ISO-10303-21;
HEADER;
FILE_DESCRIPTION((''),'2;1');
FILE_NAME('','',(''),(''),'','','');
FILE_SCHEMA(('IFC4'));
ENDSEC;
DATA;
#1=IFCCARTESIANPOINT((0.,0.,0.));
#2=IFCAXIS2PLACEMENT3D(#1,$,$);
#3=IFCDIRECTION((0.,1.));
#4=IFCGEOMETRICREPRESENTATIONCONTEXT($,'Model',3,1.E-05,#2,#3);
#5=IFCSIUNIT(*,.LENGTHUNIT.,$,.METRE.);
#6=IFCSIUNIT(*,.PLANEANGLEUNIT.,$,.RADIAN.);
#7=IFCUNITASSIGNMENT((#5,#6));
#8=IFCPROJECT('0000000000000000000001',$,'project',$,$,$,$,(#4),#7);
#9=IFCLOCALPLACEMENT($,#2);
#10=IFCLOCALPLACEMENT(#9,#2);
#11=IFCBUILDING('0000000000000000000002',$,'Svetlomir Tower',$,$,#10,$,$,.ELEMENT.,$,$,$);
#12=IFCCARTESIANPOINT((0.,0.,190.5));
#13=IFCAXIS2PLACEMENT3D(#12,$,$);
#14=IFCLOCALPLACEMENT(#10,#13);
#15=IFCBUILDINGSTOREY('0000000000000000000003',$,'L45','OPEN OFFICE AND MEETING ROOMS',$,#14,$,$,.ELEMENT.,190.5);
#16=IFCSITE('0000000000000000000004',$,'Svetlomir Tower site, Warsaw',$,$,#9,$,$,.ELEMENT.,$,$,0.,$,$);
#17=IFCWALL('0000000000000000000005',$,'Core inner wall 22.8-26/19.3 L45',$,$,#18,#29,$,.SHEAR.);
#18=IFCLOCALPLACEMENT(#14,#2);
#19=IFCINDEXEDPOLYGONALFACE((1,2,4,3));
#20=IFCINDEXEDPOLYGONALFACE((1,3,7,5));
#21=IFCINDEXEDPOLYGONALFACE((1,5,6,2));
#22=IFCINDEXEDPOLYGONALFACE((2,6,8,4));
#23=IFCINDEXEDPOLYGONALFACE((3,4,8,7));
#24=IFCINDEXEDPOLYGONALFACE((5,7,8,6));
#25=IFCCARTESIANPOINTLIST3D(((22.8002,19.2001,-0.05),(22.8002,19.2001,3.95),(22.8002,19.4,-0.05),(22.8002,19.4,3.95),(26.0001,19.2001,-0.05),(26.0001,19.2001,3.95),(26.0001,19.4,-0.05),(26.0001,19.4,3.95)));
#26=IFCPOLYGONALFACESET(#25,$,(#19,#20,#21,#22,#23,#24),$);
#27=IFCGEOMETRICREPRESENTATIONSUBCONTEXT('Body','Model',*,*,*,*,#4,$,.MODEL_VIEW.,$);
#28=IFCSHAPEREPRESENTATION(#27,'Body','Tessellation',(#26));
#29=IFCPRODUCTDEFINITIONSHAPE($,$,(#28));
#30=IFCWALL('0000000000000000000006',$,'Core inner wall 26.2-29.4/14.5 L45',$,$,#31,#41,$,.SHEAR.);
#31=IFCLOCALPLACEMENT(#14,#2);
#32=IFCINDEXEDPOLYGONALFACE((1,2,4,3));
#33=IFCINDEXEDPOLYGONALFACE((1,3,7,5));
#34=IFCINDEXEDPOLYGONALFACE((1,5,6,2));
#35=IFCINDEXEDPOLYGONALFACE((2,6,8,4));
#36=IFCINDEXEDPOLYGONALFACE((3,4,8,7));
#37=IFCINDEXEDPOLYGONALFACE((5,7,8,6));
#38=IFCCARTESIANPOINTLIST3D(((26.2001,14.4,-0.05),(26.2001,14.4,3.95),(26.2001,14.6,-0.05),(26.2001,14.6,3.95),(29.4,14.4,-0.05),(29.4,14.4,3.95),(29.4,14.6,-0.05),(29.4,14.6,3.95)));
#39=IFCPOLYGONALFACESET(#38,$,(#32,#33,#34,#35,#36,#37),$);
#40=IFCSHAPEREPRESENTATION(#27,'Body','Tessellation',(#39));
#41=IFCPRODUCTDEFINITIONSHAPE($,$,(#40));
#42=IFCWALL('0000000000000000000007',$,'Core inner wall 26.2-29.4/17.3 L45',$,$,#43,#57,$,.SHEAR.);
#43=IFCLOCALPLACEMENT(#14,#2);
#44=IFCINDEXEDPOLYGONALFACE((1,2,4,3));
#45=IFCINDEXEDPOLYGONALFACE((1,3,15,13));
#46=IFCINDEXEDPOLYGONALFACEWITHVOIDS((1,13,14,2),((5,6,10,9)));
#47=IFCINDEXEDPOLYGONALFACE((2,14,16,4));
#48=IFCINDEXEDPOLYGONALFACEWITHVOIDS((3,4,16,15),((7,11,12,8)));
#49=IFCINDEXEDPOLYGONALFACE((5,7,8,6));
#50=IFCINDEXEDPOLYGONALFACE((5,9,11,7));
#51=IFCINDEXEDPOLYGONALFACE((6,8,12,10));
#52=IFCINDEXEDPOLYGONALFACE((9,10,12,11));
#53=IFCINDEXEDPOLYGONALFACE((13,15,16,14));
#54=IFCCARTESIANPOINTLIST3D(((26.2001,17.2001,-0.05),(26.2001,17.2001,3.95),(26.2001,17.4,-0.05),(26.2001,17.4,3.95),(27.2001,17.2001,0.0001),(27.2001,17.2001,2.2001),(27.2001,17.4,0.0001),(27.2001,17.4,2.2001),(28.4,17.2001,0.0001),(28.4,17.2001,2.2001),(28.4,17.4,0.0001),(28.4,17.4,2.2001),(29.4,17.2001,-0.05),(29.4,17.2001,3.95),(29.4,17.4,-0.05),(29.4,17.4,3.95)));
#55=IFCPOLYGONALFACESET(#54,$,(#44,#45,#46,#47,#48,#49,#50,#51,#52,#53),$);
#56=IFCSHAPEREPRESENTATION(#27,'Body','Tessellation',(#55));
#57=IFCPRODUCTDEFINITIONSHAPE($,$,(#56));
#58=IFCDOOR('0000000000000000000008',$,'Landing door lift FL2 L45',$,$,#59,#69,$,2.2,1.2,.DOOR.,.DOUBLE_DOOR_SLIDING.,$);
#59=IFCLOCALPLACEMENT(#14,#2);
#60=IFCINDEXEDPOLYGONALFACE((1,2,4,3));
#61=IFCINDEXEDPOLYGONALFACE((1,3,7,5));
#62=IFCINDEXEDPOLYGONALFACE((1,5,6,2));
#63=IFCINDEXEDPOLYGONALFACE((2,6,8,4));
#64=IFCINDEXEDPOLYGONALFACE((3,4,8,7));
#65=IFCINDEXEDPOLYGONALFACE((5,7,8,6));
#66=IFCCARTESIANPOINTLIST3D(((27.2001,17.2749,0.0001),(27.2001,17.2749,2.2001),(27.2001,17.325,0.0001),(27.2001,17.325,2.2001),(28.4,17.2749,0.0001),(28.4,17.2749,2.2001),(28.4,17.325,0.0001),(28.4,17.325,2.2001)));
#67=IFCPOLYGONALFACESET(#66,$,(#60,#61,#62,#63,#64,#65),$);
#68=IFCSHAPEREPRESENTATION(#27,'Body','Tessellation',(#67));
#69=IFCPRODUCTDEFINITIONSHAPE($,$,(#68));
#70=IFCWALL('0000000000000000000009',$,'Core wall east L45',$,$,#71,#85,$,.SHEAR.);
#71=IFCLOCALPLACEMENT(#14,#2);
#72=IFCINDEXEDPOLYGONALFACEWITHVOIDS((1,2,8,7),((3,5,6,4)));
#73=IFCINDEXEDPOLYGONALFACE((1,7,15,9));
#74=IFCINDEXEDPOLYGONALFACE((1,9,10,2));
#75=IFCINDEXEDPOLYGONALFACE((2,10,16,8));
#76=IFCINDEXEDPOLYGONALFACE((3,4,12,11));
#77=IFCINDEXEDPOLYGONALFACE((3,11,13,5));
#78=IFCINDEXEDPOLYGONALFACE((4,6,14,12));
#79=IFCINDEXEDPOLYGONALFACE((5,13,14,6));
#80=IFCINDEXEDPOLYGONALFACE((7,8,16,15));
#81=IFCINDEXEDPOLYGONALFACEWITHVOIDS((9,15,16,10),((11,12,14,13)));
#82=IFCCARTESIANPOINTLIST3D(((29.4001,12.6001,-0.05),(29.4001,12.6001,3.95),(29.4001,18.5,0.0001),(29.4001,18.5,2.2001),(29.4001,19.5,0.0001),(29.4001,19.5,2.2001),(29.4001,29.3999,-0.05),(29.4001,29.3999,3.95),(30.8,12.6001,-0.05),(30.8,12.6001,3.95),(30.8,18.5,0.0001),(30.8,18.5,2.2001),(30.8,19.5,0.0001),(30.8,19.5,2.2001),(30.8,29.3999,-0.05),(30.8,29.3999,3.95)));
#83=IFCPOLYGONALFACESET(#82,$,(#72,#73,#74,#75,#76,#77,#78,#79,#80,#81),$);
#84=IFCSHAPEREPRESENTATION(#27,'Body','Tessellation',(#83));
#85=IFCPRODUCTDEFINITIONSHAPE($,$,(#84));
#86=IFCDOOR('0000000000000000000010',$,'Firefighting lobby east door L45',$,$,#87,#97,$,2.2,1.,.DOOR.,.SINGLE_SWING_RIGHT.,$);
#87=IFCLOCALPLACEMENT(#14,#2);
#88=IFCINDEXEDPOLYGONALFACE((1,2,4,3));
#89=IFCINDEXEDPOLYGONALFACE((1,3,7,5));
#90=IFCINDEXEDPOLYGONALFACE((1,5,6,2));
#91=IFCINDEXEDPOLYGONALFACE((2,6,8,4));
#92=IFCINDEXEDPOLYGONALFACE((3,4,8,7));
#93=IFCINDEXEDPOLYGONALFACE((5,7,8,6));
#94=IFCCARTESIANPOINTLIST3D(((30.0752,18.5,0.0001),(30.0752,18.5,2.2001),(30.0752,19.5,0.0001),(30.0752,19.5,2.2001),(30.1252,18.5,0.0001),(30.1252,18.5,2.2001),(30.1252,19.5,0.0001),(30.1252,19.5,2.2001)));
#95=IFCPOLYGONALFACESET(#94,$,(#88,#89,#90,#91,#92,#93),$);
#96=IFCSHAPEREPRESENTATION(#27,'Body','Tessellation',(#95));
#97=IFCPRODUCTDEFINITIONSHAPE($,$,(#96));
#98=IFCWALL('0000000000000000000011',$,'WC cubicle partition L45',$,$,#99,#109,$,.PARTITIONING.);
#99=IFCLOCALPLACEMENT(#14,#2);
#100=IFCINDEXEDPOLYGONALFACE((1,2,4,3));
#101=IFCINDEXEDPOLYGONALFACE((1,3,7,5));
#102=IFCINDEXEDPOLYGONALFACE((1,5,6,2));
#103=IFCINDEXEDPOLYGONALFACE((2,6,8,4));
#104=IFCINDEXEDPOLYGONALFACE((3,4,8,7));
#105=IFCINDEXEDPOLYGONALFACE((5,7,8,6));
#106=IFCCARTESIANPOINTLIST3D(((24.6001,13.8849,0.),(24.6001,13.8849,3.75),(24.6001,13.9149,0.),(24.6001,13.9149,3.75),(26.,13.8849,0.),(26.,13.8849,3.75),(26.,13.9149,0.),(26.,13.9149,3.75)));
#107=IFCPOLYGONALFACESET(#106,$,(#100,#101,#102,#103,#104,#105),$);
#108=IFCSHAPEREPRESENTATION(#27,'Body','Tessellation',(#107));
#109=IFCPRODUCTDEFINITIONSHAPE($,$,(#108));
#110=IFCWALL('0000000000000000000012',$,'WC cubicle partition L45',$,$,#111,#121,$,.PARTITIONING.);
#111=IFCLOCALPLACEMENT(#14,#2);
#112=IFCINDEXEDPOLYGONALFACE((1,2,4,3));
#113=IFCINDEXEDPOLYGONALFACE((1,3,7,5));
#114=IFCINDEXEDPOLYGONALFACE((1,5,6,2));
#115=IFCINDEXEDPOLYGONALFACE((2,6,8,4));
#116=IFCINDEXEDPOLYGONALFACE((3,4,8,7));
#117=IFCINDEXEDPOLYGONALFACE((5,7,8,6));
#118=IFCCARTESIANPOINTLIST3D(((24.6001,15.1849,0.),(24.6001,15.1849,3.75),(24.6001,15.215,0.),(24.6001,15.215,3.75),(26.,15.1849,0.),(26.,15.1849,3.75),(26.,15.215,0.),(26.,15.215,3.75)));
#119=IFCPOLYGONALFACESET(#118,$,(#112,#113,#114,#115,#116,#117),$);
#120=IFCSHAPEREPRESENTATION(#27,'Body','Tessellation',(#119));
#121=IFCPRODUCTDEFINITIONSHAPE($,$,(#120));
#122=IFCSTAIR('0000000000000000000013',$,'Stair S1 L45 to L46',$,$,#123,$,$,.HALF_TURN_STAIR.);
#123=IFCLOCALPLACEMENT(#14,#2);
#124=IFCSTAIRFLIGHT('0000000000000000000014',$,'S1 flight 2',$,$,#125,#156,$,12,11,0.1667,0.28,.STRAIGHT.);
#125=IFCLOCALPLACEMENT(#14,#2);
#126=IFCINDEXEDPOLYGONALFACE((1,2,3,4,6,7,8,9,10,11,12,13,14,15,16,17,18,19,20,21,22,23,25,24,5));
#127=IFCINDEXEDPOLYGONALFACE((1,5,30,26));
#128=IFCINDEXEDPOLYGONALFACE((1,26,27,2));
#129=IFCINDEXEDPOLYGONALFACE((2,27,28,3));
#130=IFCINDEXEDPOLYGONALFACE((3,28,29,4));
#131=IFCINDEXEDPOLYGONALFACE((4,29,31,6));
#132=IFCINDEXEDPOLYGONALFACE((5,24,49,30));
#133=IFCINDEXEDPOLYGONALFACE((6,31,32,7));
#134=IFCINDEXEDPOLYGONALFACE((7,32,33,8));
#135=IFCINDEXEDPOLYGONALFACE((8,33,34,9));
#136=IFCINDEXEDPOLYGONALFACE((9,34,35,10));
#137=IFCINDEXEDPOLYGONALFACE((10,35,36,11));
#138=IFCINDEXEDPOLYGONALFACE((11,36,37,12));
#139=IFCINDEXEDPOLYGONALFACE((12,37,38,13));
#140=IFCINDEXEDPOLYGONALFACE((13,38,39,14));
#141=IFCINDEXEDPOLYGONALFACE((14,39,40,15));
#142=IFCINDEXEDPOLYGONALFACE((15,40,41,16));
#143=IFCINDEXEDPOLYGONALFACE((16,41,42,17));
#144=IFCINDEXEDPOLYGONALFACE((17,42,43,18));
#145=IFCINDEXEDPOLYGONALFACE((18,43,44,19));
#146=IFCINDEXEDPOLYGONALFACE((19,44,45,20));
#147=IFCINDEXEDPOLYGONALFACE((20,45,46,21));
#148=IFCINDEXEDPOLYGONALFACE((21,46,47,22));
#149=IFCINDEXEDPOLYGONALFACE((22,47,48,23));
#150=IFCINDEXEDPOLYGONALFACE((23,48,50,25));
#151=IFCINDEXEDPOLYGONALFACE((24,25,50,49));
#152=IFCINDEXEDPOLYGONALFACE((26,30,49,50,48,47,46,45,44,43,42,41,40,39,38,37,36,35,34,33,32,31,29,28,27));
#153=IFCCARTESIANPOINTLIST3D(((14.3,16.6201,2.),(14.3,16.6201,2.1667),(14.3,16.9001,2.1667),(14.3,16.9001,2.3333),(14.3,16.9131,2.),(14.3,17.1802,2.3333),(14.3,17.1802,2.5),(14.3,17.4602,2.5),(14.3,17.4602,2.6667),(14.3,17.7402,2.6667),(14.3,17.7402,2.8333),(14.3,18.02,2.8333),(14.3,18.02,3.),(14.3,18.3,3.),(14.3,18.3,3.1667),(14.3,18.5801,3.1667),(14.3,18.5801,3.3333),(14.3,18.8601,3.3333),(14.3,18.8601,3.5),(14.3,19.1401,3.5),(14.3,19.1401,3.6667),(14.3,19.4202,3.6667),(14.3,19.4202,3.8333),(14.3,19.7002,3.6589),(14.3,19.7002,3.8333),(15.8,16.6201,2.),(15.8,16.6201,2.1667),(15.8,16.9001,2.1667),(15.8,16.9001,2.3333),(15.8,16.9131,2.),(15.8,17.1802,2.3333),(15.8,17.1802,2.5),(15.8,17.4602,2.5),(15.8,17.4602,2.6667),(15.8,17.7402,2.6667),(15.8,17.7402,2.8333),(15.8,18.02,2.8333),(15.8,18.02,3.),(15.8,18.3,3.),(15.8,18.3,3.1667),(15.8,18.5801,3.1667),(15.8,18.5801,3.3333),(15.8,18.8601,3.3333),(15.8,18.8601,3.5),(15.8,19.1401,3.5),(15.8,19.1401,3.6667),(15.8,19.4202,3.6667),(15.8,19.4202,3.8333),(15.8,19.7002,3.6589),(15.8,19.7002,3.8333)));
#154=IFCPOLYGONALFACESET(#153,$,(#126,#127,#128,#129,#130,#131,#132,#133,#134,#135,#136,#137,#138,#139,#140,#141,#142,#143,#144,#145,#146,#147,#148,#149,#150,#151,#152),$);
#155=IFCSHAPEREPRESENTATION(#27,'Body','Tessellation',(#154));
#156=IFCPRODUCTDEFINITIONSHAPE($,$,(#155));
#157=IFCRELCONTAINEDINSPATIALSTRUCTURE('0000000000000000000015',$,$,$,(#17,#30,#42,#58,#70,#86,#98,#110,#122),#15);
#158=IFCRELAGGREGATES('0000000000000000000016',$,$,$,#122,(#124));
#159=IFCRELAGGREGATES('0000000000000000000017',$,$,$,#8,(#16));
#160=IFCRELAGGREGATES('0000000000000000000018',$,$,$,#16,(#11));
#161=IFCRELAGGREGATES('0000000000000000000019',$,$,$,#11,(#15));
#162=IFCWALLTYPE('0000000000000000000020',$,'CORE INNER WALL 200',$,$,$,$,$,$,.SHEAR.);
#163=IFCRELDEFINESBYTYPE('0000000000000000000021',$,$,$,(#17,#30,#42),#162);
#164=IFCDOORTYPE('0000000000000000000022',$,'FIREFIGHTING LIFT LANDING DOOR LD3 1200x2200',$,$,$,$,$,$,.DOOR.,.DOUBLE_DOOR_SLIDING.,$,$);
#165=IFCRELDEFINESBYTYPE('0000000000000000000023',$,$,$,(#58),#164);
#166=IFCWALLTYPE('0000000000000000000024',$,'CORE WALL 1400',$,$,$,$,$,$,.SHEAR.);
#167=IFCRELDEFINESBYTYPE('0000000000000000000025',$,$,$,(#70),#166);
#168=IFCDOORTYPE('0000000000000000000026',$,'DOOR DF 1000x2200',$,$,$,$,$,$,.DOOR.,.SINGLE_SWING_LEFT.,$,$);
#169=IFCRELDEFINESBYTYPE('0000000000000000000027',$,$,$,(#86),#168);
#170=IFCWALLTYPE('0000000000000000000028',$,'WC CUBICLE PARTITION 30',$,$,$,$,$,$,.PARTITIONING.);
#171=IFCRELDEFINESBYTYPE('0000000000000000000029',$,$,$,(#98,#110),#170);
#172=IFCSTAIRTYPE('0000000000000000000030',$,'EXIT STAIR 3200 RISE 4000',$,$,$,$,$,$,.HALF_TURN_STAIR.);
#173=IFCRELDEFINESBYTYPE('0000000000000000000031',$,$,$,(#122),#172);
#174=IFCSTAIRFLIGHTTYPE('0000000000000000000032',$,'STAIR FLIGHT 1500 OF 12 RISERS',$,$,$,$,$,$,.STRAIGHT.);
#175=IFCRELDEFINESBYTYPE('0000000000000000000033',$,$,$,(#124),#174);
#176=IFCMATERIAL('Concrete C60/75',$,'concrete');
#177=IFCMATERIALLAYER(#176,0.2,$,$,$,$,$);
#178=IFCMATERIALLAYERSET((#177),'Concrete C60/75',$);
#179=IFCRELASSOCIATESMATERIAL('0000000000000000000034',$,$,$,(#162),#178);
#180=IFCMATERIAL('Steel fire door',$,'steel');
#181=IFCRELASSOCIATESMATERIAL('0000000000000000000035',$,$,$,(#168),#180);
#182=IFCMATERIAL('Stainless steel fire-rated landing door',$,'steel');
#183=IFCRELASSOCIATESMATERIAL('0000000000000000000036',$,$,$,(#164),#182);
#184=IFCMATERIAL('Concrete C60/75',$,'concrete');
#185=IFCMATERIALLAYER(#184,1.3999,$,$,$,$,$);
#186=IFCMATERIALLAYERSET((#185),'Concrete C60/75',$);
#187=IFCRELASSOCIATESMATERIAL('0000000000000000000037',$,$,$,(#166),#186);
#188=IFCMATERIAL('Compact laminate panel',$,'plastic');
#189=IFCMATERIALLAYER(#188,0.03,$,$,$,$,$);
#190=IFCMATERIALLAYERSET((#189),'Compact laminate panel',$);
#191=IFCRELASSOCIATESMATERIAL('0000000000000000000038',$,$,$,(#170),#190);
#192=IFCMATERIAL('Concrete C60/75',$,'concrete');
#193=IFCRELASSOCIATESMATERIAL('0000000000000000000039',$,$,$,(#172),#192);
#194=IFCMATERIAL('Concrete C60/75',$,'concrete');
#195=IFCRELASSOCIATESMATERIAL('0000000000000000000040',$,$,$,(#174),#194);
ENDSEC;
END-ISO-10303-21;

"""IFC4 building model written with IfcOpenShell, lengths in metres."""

from ifc_helpers import new_model, si_unit, direction, frame, frame_2d, origin, place, context, subcontext, project, spatial, polyline, rectangle, outline, extrude, material, layer, layer_set, type_object, element, fill, aggregate, save


model = new_model("IFC4")

# Units and contexts
model_context = context("Model", 3, precision=1e-05, world=origin(), true_north=direction((0.0, 1.0)))
body_context = subcontext(model_context, "Body", "Model", "MODEL_VIEW")
ifc_project = project(units=[si_unit("LENGTHUNIT", "METRE"), si_unit("PLANEANGLEUNIT", "RADIAN")], contexts=[model_context])

# Site, building, storey
site_placement = place(None, origin())
site = spatial("IfcSite", under=ifc_project, at=site_placement, Name="Svetlomir Tower site, Warsaw", CompositionType="ELEMENT", RefElevation=0.0)
building_placement = place(site_placement, origin())
building = spatial("IfcBuilding", under=site, at=building_placement, Name="Svetlomir Tower", CompositionType="ELEMENT")
storey_placement = place(building_placement, frame((0.0, 0.0, 190.5)))
storey = spatial("IfcBuildingStorey", under=building, at=storey_placement, Name="L45", Description="OPEN OFFICE AND MEETING ROOMS", CompositionType="ELEMENT", Elevation=190.5)

# Shared definitions
ifc_material_1 = material(Name="Concrete C60/75", Category="concrete")
ifc_layer_1 = layer(ifc_material_1, 0.2)
ifc_layer_set_1 = layer_set([ifc_layer_1], Name="Concrete C60/75")
wall_type_1 = type_object("IfcWallType", Name="CORE INNER WALL 200", PredefinedType="SHEAR", material=ifc_layer_set_1)

# Shared definitions
ifc_material_2 = material(Name="Steel fire door", Category="steel")
door_type_1 = type_object("IfcDoorType", Name="DOOR DF 1000x2200", OperationType="SINGLE_SWING_LEFT", PredefinedType="DOOR", material=ifc_material_2)

# Walls
for number, where, z_axis, x_axis, name in (
    (1, (22.8, 19.3, -0.05), (0.0, 0.0, 1.0), (1.0, 0.0, 0.0), "Core inner wall 22.8-26/19.3 L45"),
    (2, (26.2, 14.5, -0.05), (0.0, 0.0, 1.0), (1.0, 0.0, 0.0), "Core inner wall 26.2-29.4/14.5 L45"),
):
    element("IfcWall", number, at=place(storey_placement, frame(where, z_axis=z_axis, x_axis=x_axis)), inside=storey, type_object=wall_type_1, Name=name, PredefinedType="SHEAR", context=body_context, shape_type="SweptSolid", body=[
        extrude(rectangle(XDim=3.2, YDim=0.2, at=frame_2d((1.6001, 0.0))), origin(), (0.0, 0.0, 1.0), 4.0),
    ])

# Walls, openings, doors
wall_1_placement = place(storey_placement, frame((26.2, 17.3, -0.05), z_axis=(0.0, 0.0, 1.0), x_axis=(1.0, 0.0, 0.0)))
wall_1 = element("IfcWall", 3, at=wall_1_placement, inside=storey, type_object=wall_type_1, Name="Core inner wall 26.2-29.4/17.3 L45", PredefinedType="SHEAR", context=body_context, shape_type="SweptSolid", body=[
    extrude(rectangle(XDim=3.2, YDim=0.2, at=frame_2d((1.6001, 0.0))), origin(), (0.0, 0.0, 1.0), 4.0),
])
opening_1_placement = place(wall_1_placement, frame((1.0, 0.0, 0.05)))
opening_1 = element("IfcOpeningElement", 4, at=opening_1_placement, cuts=wall_1, PredefinedType="OPENING", context=body_context, shape_type="SweptSolid", body=[
    extrude(rectangle(XDim=1.2, YDim=2.2, at=frame_2d((0.6001, 1.1001))), frame((0.0, 0.1099, 0.0), z_axis=(0.0, -1.0, 0.0), x_axis=(1.0, 0.0, 0.0)), (0.0, 0.0, 1.0), 0.22),
])
ifc_material_3 = material(Name="Stainless steel fire-rated landing door", Category="steel")
door_type_2 = type_object("IfcDoorType", Name="FIREFIGHTING LIFT LANDING DOOR LD3 1200x2200", OperationType="DOUBLE_DOOR_SLIDING", PredefinedType="DOOR", material=ifc_material_3)
door_1_placement = place(opening_1_placement, origin())
door_1 = element("IfcDoor", 5, at=door_1_placement, inside=storey, type_object=door_type_2, Name="Landing door lift FL2 L45", OperationType="DOUBLE_DOOR_SLIDING", OverallHeight=2.2, OverallWidth=1.2, PredefinedType="DOOR", context=body_context, shape_type="SweptSolid", body=[
    extrude(rectangle(XDim=1.2, YDim=2.2, at=frame_2d((0.6001, 1.1001))), frame((0.0, 0.0249, 0.0), z_axis=(0.0, -1.0, 0.0), x_axis=(1.0, 0.0, 0.0)), (0.0, 0.0, 1.0), 0.05),
])
fill(opening_1, door_1)
ifc_material_4 = material(Name="Concrete C60/75", Category="concrete")
ifc_layer_2 = layer(ifc_material_4, 1.3999)
ifc_layer_set_2 = layer_set([ifc_layer_2], Name="Concrete C60/75")
wall_type_2 = type_object("IfcWallType", Name="CORE WALL 1400", PredefinedType="SHEAR", material=ifc_layer_set_2)
wall_2_placement = place(storey_placement, frame((30.1001, 12.6001, -0.05), z_axis=(0.0, 0.0, 1.0), x_axis=(0.0, 1.0, 0.0)))
wall_2 = element("IfcWall", 6, at=wall_2_placement, inside=storey, type_object=wall_type_2, Name="Core wall east L45", PredefinedType="SHEAR", context=body_context, shape_type="SweptSolid", body=[
    extrude(rectangle(XDim=16.7998, YDim=1.3999, at=frame_2d((8.3999, 0.0))), origin(), (0.0, 0.0, 1.0), 4.0),
])
opening_2_placement = place(wall_2_placement, frame((5.8999, 0.0, 0.05)))
opening_2 = element("IfcOpeningElement", 7, at=opening_2_placement, cuts=wall_2, PredefinedType="OPENING", context=body_context, shape_type="SweptSolid", body=[
    extrude(rectangle(XDim=1.0, YDim=2.2, at=frame_2d((0.5, 1.1001))), frame((0.0, 0.71, 0.0), z_axis=(0.0, -1.0, 0.0), x_axis=(1.0, 0.0, 0.0)), (0.0, 0.0, 1.0), 1.4199),
])
door_2_placement = place(opening_2_placement, origin())
door_2 = element("IfcDoor", 8, at=door_2_placement, inside=storey, type_object=door_type_1, Name="Firefighting lobby east door L45", OperationType="SINGLE_SWING_RIGHT", OverallHeight=2.2, OverallWidth=1.0, PredefinedType="DOOR", context=body_context, shape_type="SweptSolid", body=[
    extrude(rectangle(XDim=1.0, YDim=2.2, at=frame_2d((0.5, 1.1001))), frame((0.0, 0.0249, 0.0), z_axis=(0.0, -1.0, 0.0), x_axis=(1.0, 0.0, 0.0)), (0.0, 0.0, 1.0), 0.05),
])
fill(opening_2, door_2)

# Walls
ifc_material_5 = material(Name="Compact laminate panel", Category="plastic")
ifc_layer_3 = layer(ifc_material_5, 0.03)
ifc_layer_set_3 = layer_set([ifc_layer_3], Name="Compact laminate panel")
wall_type_3 = type_object("IfcWallType", Name="WC CUBICLE PARTITION 30", PredefinedType="PARTITIONING", material=ifc_layer_set_3)
for number, where, z_axis, x_axis, name in (
    (9, (24.6001, 13.8999, 0.0), (0.0, 0.0, 1.0), (1.0, 0.0, 0.0), "WC cubicle partition L45"),
    (10, (24.6001, 15.2, 0.0), (0.0, 0.0, 1.0), (1.0, 0.0, 0.0), "WC cubicle partition L45"),
):
    element("IfcWall", number, at=place(storey_placement, frame(where, z_axis=z_axis, x_axis=x_axis)), inside=storey, type_object=wall_type_3, Name=name, PredefinedType="PARTITIONING", context=body_context, shape_type="SweptSolid", body=[
        extrude(rectangle(XDim=1.3999, YDim=0.03, at=frame_2d((0.7, 0.0))), origin(), (0.0, 0.0, 1.0), 3.75),
    ])

# Stair, stair flight
ifc_material_6 = material(Name="Concrete C60/75", Category="concrete")
stair_type = type_object("IfcStairType", Name="EXIT STAIR 3200 RISE 4000", PredefinedType="HALF_TURN_STAIR", material=ifc_material_6)
stair_placement = place(storey_placement, origin())
stair = element("IfcStair", 11, at=stair_placement, inside=storey, type_object=stair_type, Name="Stair S1 L45 to L46", PredefinedType="HALF_TURN_STAIR")
ifc_material_7 = material(Name="Concrete C60/75", Category="concrete")
stair_flight_type = type_object("IfcStairFlightType", Name="STAIR FLIGHT 1500 OF 12 RISERS", PredefinedType="STRAIGHT", material=ifc_material_7)
stair_flight_placement = place(storey_placement, frame((15.05, 16.6201, 2.0), z_axis=(0.0, 0.0, 1.0), x_axis=(0.0, 1.0, 0.0)))
stair_flight = element("IfcStairFlight", 12, at=stair_flight_placement, type_object=stair_flight_type, Name="S1 flight 2", NumberOfRisers=12, NumberOfTreads=11, PredefinedType="STRAIGHT", RiserHeight=0.1667, TreadLength=0.28, context=body_context, shape_type="SweptSolid", body=[
    extrude(outline(polyline([(0.0, 0.0), (0.0, 0.1667), (0.28, 0.1667), (0.28, 0.3333), (0.5601, 0.3333), (0.5601, 0.5), (0.8401, 0.5), (0.8401, 0.6667), (1.1201, 0.6667), (1.1201, 0.8333), (1.3999, 0.8333), (1.3999, 1.0), (1.6799, 1.0), (1.6799, 1.1667), (1.96, 1.1667), (1.96, 1.3333), (2.24, 1.3333), (2.24, 1.5), (2.52, 1.5), (2.52, 1.6667), (2.8, 1.6667), (2.8, 1.8333), (3.0801, 1.8333), (3.0801, 2.0), (3.0801, 1.6589), (0.293, 0.0), (0.0, 0.0)])), frame((0.0, 0.75, 0.0), z_axis=(0.0, -1.0, 0.0), x_axis=(1.0, 0.0, 0.0)), (0.0, 0.0, 1.0), 1.5),
])
aggregate(stair, [stair_flight])

save(model, "model.ifc")
